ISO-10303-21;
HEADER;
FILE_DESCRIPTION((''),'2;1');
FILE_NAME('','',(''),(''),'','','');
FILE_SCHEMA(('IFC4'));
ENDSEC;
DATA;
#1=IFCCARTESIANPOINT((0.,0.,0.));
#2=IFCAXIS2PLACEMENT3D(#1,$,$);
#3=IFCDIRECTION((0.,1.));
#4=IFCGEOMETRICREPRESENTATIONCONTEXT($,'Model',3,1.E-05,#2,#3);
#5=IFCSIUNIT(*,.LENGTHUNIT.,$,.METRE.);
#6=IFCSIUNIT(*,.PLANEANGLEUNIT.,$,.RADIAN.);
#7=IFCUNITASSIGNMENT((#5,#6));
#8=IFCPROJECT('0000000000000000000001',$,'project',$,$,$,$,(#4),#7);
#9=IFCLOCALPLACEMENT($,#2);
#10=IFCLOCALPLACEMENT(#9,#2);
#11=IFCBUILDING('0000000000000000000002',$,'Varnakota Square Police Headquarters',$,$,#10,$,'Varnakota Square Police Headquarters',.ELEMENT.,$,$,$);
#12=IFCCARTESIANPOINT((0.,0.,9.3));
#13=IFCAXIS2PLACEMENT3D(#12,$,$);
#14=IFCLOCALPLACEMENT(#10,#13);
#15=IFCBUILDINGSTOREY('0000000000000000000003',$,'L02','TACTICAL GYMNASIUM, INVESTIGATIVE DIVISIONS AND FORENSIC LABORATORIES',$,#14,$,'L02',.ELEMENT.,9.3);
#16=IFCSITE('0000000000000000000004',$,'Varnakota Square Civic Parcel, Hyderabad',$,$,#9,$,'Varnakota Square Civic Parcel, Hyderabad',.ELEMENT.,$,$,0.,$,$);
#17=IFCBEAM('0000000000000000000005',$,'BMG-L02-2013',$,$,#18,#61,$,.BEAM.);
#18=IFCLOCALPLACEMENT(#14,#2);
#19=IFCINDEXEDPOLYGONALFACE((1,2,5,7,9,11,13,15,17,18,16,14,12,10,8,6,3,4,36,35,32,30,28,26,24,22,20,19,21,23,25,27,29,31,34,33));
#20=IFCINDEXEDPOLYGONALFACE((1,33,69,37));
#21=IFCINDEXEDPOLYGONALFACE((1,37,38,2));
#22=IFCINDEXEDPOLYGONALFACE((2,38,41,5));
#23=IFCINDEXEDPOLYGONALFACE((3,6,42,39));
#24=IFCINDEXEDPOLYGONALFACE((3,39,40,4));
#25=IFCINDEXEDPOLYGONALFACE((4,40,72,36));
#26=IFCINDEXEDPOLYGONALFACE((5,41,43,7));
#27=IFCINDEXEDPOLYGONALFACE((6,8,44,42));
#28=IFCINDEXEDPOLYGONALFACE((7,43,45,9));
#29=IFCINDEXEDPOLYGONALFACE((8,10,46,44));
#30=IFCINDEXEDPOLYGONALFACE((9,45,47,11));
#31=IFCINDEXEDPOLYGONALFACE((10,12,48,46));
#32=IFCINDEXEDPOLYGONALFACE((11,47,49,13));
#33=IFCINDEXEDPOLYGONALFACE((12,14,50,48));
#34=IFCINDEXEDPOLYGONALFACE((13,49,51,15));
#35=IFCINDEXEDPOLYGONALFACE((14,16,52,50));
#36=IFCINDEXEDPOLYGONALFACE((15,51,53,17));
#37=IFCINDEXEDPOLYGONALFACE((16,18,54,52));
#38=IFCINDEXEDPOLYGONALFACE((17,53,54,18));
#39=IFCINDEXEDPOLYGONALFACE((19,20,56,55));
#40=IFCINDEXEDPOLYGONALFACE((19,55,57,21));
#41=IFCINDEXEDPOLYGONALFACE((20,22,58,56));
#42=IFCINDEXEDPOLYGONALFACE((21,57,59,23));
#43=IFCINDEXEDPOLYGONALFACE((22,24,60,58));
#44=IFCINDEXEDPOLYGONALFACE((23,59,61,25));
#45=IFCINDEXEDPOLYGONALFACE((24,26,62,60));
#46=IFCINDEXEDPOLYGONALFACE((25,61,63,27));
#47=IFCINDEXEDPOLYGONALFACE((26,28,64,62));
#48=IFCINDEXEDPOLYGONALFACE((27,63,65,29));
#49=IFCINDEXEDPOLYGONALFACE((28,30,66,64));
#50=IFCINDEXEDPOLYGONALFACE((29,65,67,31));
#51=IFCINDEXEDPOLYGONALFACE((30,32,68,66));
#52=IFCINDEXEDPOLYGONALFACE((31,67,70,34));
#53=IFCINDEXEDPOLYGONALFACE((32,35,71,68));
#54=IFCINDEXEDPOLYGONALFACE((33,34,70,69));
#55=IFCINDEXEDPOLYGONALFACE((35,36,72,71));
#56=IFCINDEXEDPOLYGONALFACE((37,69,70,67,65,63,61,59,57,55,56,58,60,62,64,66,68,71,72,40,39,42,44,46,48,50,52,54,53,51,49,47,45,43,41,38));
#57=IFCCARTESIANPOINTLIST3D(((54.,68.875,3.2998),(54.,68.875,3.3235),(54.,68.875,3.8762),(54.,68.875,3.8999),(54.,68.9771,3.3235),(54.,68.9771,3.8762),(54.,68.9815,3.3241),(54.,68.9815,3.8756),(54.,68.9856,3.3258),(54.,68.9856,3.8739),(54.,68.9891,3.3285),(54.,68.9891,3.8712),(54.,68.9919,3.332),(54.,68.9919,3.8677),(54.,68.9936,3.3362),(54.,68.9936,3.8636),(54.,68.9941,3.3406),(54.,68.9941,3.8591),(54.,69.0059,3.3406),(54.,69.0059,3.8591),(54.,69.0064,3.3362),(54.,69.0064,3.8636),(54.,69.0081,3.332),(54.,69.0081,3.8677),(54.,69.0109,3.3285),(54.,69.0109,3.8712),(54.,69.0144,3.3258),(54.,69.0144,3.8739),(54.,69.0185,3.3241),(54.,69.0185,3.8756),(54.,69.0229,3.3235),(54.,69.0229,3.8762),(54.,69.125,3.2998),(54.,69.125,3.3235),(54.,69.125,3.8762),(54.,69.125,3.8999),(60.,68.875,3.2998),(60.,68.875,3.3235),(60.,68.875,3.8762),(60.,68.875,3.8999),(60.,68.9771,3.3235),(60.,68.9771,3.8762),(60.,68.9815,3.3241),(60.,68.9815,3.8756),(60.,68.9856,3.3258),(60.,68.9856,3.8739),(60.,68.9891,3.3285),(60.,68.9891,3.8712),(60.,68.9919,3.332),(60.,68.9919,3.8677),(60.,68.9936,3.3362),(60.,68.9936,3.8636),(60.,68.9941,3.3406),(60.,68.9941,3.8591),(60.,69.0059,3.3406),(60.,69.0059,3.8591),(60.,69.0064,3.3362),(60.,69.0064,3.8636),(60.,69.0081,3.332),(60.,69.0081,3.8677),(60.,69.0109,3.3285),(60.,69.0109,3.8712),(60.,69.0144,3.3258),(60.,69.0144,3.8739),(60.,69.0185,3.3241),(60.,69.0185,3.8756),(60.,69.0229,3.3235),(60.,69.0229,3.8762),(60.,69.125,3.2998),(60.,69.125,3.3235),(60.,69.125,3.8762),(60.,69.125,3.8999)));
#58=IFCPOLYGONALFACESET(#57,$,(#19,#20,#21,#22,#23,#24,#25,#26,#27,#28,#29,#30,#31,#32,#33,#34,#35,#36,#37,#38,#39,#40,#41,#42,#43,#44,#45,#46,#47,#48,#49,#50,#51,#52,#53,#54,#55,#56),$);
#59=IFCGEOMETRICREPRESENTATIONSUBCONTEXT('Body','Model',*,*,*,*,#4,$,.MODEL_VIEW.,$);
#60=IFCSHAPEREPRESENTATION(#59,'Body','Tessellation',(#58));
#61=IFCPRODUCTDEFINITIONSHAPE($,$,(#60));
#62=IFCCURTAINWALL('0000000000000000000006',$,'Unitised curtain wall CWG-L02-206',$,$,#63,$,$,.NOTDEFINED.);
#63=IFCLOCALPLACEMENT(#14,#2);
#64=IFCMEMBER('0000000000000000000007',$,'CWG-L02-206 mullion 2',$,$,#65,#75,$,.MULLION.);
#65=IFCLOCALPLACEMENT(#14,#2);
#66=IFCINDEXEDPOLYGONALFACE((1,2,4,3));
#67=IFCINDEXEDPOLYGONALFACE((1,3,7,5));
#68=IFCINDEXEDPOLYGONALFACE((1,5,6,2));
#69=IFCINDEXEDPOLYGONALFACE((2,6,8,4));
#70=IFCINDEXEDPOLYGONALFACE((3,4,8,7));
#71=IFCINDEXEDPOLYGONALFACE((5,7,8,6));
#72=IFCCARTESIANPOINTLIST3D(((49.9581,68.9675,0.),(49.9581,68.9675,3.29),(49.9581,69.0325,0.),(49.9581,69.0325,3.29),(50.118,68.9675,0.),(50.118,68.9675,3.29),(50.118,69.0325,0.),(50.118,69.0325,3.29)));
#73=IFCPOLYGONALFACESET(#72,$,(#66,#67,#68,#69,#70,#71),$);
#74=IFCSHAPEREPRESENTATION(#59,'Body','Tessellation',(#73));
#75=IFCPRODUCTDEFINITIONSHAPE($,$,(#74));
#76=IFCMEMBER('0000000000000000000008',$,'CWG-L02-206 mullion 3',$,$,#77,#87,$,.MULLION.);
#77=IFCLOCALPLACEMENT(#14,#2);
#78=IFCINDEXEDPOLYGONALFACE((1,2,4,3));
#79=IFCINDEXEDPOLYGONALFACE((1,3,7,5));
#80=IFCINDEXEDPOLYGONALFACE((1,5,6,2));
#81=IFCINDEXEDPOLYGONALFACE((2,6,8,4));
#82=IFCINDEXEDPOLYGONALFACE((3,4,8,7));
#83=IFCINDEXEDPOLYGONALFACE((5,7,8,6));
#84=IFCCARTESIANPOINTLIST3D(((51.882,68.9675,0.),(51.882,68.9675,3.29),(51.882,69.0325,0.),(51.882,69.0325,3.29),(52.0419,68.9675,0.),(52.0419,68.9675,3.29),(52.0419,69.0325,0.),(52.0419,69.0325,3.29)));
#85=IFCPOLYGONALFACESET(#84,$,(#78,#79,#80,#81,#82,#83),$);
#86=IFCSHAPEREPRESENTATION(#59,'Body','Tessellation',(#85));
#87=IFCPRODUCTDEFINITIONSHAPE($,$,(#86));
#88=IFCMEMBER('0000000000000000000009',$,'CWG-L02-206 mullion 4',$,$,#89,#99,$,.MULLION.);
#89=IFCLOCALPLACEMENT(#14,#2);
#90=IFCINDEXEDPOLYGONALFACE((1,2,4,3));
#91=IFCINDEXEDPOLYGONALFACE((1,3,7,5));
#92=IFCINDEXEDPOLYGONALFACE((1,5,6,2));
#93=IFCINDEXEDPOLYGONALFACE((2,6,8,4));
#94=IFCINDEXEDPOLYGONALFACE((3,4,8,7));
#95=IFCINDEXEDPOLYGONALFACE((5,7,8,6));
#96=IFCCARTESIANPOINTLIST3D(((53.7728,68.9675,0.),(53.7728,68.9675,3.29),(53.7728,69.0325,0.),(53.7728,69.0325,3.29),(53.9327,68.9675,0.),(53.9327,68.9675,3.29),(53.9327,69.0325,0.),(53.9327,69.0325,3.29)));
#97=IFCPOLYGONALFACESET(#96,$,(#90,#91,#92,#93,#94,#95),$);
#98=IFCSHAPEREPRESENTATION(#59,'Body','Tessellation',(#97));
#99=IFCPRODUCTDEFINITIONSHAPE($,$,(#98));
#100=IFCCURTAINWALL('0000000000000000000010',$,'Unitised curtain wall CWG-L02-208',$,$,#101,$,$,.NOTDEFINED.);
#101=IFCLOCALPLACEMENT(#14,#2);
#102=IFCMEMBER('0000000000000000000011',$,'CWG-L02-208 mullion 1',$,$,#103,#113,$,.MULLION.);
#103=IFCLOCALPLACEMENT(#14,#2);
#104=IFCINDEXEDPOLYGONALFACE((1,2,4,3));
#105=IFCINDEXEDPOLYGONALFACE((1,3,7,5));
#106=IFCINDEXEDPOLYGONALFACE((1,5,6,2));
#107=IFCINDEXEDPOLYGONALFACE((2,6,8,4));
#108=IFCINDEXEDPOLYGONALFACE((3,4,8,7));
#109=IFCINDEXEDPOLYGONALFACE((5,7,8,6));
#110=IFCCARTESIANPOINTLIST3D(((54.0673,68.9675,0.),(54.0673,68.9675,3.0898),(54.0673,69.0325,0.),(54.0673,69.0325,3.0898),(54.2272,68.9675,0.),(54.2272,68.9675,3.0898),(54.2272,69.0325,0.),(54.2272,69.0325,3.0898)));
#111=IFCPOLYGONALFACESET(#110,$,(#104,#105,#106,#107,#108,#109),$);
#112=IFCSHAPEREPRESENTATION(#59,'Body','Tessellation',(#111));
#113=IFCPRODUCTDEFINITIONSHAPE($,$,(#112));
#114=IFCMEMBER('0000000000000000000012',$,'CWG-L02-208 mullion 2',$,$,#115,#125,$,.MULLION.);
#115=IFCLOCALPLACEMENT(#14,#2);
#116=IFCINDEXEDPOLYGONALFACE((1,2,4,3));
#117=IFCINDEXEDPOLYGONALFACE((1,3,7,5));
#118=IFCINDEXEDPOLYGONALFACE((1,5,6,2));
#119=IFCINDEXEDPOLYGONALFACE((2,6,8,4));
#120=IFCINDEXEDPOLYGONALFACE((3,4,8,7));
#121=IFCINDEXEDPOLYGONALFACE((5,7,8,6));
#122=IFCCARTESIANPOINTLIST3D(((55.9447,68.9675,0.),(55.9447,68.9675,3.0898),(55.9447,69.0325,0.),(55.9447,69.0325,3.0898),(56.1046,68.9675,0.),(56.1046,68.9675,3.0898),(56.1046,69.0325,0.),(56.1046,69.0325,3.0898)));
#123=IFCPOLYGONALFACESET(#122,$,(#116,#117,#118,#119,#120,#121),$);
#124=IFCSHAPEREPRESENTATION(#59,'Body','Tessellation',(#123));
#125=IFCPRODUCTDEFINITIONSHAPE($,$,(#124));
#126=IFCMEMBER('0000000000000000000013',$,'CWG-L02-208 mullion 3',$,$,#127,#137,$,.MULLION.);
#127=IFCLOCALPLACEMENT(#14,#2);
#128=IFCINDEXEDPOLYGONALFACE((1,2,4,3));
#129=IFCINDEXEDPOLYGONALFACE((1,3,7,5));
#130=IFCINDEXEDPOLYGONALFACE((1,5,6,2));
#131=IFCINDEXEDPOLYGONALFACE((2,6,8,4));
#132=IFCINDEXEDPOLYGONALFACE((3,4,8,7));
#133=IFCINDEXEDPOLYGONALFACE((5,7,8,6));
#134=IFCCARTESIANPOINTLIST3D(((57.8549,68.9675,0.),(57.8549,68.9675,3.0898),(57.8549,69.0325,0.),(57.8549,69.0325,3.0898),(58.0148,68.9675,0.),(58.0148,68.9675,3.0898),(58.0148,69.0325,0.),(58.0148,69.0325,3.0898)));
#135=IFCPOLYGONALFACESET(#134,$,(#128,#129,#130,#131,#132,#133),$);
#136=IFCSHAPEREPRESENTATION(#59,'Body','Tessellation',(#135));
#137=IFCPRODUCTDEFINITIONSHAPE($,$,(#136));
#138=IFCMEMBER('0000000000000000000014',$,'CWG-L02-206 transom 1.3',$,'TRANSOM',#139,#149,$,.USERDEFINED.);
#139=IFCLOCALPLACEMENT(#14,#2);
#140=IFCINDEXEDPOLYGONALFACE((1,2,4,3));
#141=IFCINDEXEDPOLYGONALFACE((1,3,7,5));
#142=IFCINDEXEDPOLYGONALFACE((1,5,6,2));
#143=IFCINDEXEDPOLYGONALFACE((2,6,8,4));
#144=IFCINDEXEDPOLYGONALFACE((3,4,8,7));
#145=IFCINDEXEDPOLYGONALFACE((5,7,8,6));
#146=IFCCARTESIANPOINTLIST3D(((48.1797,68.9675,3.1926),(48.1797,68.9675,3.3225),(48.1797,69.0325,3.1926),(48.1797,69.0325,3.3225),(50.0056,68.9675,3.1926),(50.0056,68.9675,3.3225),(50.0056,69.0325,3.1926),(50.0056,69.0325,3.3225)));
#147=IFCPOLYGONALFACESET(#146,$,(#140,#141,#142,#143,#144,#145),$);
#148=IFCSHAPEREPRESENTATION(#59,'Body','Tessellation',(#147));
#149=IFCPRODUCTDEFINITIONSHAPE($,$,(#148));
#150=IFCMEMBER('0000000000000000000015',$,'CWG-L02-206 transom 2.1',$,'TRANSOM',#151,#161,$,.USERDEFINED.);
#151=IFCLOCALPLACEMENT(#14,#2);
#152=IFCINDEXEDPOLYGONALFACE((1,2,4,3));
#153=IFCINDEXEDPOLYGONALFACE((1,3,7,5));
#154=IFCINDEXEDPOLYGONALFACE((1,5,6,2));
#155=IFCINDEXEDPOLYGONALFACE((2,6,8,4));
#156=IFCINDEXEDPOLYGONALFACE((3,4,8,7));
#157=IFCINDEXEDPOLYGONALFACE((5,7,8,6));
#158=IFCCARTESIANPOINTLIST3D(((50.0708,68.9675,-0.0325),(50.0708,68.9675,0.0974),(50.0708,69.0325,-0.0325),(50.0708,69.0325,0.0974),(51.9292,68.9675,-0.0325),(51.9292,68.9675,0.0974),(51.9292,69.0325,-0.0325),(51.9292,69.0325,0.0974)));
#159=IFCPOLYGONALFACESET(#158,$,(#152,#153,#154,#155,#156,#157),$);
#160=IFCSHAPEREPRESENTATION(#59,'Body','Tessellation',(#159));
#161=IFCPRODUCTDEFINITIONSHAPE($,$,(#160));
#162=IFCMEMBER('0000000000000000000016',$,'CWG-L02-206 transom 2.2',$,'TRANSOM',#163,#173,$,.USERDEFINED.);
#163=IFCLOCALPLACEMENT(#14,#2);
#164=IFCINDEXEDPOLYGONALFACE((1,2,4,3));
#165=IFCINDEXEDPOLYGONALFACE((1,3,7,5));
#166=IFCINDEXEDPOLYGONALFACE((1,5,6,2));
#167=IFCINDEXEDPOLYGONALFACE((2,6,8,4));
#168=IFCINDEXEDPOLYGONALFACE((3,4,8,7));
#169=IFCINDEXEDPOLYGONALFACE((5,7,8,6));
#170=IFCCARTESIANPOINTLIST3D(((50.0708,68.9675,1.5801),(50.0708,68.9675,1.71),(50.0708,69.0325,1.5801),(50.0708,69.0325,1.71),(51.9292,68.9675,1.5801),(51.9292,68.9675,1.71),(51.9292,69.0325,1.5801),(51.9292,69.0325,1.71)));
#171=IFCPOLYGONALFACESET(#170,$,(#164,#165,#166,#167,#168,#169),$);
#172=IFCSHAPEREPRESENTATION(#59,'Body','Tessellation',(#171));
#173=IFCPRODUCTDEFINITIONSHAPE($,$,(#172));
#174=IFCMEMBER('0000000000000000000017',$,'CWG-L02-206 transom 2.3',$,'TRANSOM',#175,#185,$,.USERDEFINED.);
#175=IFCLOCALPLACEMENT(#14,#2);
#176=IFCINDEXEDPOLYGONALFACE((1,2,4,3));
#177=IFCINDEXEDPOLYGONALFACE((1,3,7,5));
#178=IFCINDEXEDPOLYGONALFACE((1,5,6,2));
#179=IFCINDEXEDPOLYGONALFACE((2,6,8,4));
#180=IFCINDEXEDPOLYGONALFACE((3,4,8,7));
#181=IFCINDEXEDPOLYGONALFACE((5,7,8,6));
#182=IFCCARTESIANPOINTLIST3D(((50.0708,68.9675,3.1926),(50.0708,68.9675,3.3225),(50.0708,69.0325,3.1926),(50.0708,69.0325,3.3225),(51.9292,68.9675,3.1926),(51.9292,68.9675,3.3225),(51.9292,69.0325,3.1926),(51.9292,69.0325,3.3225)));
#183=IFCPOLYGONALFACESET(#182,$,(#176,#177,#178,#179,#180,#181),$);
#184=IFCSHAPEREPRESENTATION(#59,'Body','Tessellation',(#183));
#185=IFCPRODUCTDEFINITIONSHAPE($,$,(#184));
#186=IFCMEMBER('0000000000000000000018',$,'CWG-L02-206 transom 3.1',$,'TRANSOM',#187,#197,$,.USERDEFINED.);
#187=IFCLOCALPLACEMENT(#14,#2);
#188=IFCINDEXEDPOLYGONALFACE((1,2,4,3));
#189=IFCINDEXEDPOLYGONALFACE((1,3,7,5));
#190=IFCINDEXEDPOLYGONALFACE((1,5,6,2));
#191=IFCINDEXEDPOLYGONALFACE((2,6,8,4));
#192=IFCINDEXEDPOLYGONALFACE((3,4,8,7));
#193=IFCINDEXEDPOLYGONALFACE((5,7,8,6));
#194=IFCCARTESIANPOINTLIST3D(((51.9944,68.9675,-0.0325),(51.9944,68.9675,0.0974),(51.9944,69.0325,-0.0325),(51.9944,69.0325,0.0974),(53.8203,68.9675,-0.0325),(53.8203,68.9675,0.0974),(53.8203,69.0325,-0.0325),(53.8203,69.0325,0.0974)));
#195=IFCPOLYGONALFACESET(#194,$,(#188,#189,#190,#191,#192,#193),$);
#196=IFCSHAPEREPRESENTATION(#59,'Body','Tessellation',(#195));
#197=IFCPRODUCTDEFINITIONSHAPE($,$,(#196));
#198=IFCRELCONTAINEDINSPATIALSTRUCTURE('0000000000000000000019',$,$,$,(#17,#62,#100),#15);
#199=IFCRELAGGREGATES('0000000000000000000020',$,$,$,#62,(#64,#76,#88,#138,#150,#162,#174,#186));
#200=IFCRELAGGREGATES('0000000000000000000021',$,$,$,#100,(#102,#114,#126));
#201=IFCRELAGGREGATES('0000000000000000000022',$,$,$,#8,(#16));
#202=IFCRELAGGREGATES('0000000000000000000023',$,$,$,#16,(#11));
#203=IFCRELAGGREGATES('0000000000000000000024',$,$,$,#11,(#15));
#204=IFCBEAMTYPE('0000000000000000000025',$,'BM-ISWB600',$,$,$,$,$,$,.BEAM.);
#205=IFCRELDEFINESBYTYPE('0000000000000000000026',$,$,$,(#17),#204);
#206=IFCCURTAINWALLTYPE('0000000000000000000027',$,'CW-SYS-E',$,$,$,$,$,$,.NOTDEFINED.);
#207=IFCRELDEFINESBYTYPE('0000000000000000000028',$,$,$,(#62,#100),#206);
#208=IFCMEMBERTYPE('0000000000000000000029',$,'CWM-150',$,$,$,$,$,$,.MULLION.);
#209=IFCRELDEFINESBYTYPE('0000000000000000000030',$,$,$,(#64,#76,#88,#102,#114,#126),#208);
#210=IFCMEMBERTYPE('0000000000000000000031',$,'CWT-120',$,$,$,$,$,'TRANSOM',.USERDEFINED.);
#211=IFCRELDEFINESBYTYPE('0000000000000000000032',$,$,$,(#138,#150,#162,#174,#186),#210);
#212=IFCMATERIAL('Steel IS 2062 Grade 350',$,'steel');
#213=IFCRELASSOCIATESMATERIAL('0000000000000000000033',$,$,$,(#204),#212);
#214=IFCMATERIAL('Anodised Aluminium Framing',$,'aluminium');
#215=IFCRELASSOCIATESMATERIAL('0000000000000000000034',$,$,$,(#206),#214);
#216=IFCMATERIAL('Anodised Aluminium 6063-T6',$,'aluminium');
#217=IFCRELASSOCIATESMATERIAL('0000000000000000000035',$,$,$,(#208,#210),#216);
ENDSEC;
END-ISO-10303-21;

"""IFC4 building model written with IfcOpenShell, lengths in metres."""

from ifc_helpers import new_model, si_unit, direction, frame, origin, origin_2d, place, context, subcontext, project, spatial, rectangle, i_section, extrude, material, material_profile, profile_set, type_object, element, aggregate, save


model = new_model("IFC4")

# Units and contexts
model_context = context("Model", 3, precision=1e-05, world=origin(), true_north=direction((0.0, 1.0)))
body_context = subcontext(model_context, "Body", "Model", "MODEL_VIEW")
ifc_project = project(units=[si_unit("LENGTHUNIT", "METRE"), si_unit("PLANEANGLEUNIT", "RADIAN")], contexts=[model_context])

# Site, building, storey
site_placement = place(None, origin())
site = spatial("IfcSite", under=ifc_project, at=site_placement, Name="Varnakota Square Civic Parcel, Hyderabad", LongName="Varnakota Square Civic Parcel, Hyderabad", CompositionType="ELEMENT", RefElevation=0.0)
building_placement = place(site_placement, origin())
building = spatial("IfcBuilding", under=site, at=building_placement, Name="Varnakota Square Police Headquarters", LongName="Varnakota Square Police Headquarters", CompositionType="ELEMENT")
storey_placement = place(building_placement, frame((0.0, 0.0, 9.3)))
storey = spatial("IfcBuildingStorey", under=building, at=storey_placement, Name="L02", Description="TACTICAL GYMNASIUM, INVESTIGATIVE DIVISIONS AND FORENSIC LABORATORIES", LongName="L02", CompositionType="ELEMENT", Elevation=9.3)

# Shared definitions
ifc_material_1 = material(Name="Steel IS 2062 Grade 350", Category="steel")

# Beam
ifc_material_profile_1 = material_profile(ifc_material_1, i_section(OverallWidth=0.25, OverallDepth=0.6001, WebThickness=0.0117, FlangeThickness=0.0237, FilletRadius=0.0171, at=origin_2d()), Name="ISWB 600")
ifc_profile_set_1 = profile_set([ifc_material_profile_1], Name="Steel IS 2062 Grade 350")
beam_type_1 = type_object("IfcBeamType", Name="BM-ISWB600", PredefinedType="BEAM", material=ifc_profile_set_1)
beam_1_placement = place(storey_placement, frame((54.0, 69.0, 3.5999), z_axis=(1.0, 0.0, 0.0), x_axis=(0.0, 1.0, 0.0)))
element("IfcBeam", 1, at=beam_1_placement, inside=storey, type_object=beam_type_1, Name="BMG-L02-2013", PredefinedType="BEAM", context=body_context, shape_type="SweptSolid", body=[
    extrude(i_section(OverallWidth=0.25, OverallDepth=0.6001, WebThickness=0.0117, FlangeThickness=0.0237, FilletRadius=0.0171, at=origin_2d()), origin(), (0.0, 0.0, 1.0), 6.0),
])

# Curtain walls, members
ifc_material_2 = material(Name="Anodised Aluminium Framing", Category="aluminium")
curtain_wall_type = type_object("IfcCurtainWallType", Name="CW-SYS-E", PredefinedType="NOTDEFINED", material=ifc_material_2)
curtain_wall_1_placement = place(storey_placement, origin())
curtain_wall_1 = element("IfcCurtainWall", 2, at=curtain_wall_1_placement, inside=storey, type_object=curtain_wall_type, Name="Unitised curtain wall CWG-L02-206", PredefinedType="NOTDEFINED")
ifc_material_3 = material(Name="Anodised Aluminium 6063-T6", Category="aluminium")
ifc_material_profile_2 = material_profile(ifc_material_3, rectangle(XDim=0.0649, YDim=0.1599, at=origin_2d()), Name="ALU MULLION 65x160")
ifc_profile_set_2 = profile_set([ifc_material_profile_2], Name="Anodised Aluminium 6063-T6")
member_type_1 = type_object("IfcMemberType", Name="CWM-150", PredefinedType="MULLION", material=ifc_profile_set_2)
member_1_placement = place(storey_placement, frame((50.0381, 69.0, 0.0), z_axis=(0.0, 0.0, 1.0), x_axis=(0.0, 1.0, 0.0)))
member_1 = element("IfcMember", 3, at=member_1_placement, type_object=member_type_1, Name="CWG-L02-206 mullion 2", PredefinedType="MULLION", context=body_context, shape_type="SweptSolid", body=[
    extrude(rectangle(XDim=0.0649, YDim=0.1599, at=origin_2d()), origin(), (0.0, 0.0, 1.0), 3.29),
])
member_2_placement = place(storey_placement, frame((51.9619, 69.0, 0.0), z_axis=(0.0, 0.0, 1.0), x_axis=(0.0, 1.0, 0.0)))
member_2 = element("IfcMember", 4, at=member_2_placement, type_object=member_type_1, Name="CWG-L02-206 mullion 3", PredefinedType="MULLION", context=body_context, shape_type="SweptSolid", body=[
    extrude(rectangle(XDim=0.0649, YDim=0.1599, at=origin_2d()), origin(), (0.0, 0.0, 1.0), 3.29),
])
member_3_placement = place(storey_placement, frame((53.8528, 69.0, 0.0), z_axis=(0.0, 0.0, 1.0), x_axis=(0.0, 1.0, 0.0)))
member_3 = element("IfcMember", 5, at=member_3_placement, type_object=member_type_1, Name="CWG-L02-206 mullion 4", PredefinedType="MULLION", context=body_context, shape_type="SweptSolid", body=[
    extrude(rectangle(XDim=0.0649, YDim=0.1599, at=origin_2d()), origin(), (0.0, 0.0, 1.0), 3.29),
])
curtain_wall_2_placement = place(storey_placement, origin())
curtain_wall_2 = element("IfcCurtainWall", 6, at=curtain_wall_2_placement, inside=storey, type_object=curtain_wall_type, Name="Unitised curtain wall CWG-L02-208", PredefinedType="NOTDEFINED")
member_4_placement = place(storey_placement, frame((54.1472, 69.0, 0.0), z_axis=(0.0, 0.0, 1.0), x_axis=(0.0, 1.0, 0.0)))
member_4 = element("IfcMember", 7, at=member_4_placement, type_object=member_type_1, Name="CWG-L02-208 mullion 1", PredefinedType="MULLION", context=body_context, shape_type="SweptSolid", body=[
    extrude(rectangle(XDim=0.0649, YDim=0.1599, at=origin_2d()), origin(), (0.0, 0.0, 1.0), 3.0898),
])
member_5_placement = place(storey_placement, frame((56.0247, 69.0, 0.0), z_axis=(0.0, 0.0, 1.0), x_axis=(0.0, 1.0, 0.0)))
member_5 = element("IfcMember", 8, at=member_5_placement, type_object=member_type_1, Name="CWG-L02-208 mullion 2", PredefinedType="MULLION", context=body_context, shape_type="SweptSolid", body=[
    extrude(rectangle(XDim=0.0649, YDim=0.1599, at=origin_2d()), origin(), (0.0, 0.0, 1.0), 3.0898),
])
member_6_placement = place(storey_placement, frame((57.9348, 69.0, 0.0), z_axis=(0.0, 0.0, 1.0), x_axis=(0.0, 1.0, 0.0)))
member_6 = element("IfcMember", 9, at=member_6_placement, type_object=member_type_1, Name="CWG-L02-208 mullion 3", PredefinedType="MULLION", context=body_context, shape_type="SweptSolid", body=[
    extrude(rectangle(XDim=0.0649, YDim=0.1599, at=origin_2d()), origin(), (0.0, 0.0, 1.0), 3.0898),
])

# Members
ifc_material_profile_3 = material_profile(ifc_material_3, rectangle(XDim=0.0649, YDim=0.1299, at=origin_2d()), Name="ALU TRANSOM 65x130")
ifc_profile_set_3 = profile_set([ifc_material_profile_3], Name="Anodised Aluminium 6063-T6")
member_type_2 = type_object("IfcMemberType", Name="CWT-120", ElementType="TRANSOM", PredefinedType="USERDEFINED", material=ifc_profile_set_3)
member_7_placement = place(storey_placement, frame((48.1797, 69.0, 3.2576), z_axis=(1.0, 0.0, 0.0), x_axis=(0.0, 1.0, 0.0)))
member_7 = element("IfcMember", 10, at=member_7_placement, type_object=member_type_2, Name="CWG-L02-206 transom 1.3", ObjectType="TRANSOM", PredefinedType="USERDEFINED", context=body_context, shape_type="SweptSolid", body=[
    extrude(rectangle(XDim=0.0649, YDim=0.1299, at=origin_2d()), origin(), (0.0, 0.0, 1.0), 1.8259),
])
member_8_placement = place(storey_placement, frame((50.0708, 69.0, 0.0325), z_axis=(1.0, 0.0, 0.0), x_axis=(0.0, 1.0, 0.0)))
member_8 = element("IfcMember", 11, at=member_8_placement, type_object=member_type_2, Name="CWG-L02-206 transom 2.1", ObjectType="TRANSOM", PredefinedType="USERDEFINED", context=body_context, shape_type="SweptSolid", body=[
    extrude(rectangle(XDim=0.0649, YDim=0.1299, at=origin_2d()), origin(), (0.0, 0.0, 1.0), 1.8584),
])
member_9_placement = place(storey_placement, frame((50.0708, 69.0, 1.645), z_axis=(1.0, 0.0, 0.0), x_axis=(0.0, 1.0, 0.0)))
member_9 = element("IfcMember", 12, at=member_9_placement, type_object=member_type_2, Name="CWG-L02-206 transom 2.2", ObjectType="TRANSOM", PredefinedType="USERDEFINED", context=body_context, shape_type="SweptSolid", body=[
    extrude(rectangle(XDim=0.0649, YDim=0.1299, at=origin_2d()), origin(), (0.0, 0.0, 1.0), 1.8584),
])
member_10_placement = place(storey_placement, frame((50.0708, 69.0, 3.2576), z_axis=(1.0, 0.0, 0.0), x_axis=(0.0, 1.0, 0.0)))
member_10 = element("IfcMember", 13, at=member_10_placement, type_object=member_type_2, Name="CWG-L02-206 transom 2.3", ObjectType="TRANSOM", PredefinedType="USERDEFINED", context=body_context, shape_type="SweptSolid", body=[
    extrude(rectangle(XDim=0.0649, YDim=0.1299, at=origin_2d()), origin(), (0.0, 0.0, 1.0), 1.8584),
])
member_11_placement = place(storey_placement, frame((51.9944, 69.0, 0.0325), z_axis=(1.0, 0.0, 0.0), x_axis=(0.0, 1.0, 0.0)))
member_11 = element("IfcMember", 14, at=member_11_placement, type_object=member_type_2, Name="CWG-L02-206 transom 3.1", ObjectType="TRANSOM", PredefinedType="USERDEFINED", context=body_context, shape_type="SweptSolid", body=[
    extrude(rectangle(XDim=0.0649, YDim=0.1299, at=origin_2d()), origin(), (0.0, 0.0, 1.0), 1.8259),
])

aggregate(curtain_wall_1, [member_1, member_2, member_3, member_7, member_8, member_9, member_10, member_11])
aggregate(curtain_wall_2, [member_4, member_5, member_6])

save(model, "model.ifc")
